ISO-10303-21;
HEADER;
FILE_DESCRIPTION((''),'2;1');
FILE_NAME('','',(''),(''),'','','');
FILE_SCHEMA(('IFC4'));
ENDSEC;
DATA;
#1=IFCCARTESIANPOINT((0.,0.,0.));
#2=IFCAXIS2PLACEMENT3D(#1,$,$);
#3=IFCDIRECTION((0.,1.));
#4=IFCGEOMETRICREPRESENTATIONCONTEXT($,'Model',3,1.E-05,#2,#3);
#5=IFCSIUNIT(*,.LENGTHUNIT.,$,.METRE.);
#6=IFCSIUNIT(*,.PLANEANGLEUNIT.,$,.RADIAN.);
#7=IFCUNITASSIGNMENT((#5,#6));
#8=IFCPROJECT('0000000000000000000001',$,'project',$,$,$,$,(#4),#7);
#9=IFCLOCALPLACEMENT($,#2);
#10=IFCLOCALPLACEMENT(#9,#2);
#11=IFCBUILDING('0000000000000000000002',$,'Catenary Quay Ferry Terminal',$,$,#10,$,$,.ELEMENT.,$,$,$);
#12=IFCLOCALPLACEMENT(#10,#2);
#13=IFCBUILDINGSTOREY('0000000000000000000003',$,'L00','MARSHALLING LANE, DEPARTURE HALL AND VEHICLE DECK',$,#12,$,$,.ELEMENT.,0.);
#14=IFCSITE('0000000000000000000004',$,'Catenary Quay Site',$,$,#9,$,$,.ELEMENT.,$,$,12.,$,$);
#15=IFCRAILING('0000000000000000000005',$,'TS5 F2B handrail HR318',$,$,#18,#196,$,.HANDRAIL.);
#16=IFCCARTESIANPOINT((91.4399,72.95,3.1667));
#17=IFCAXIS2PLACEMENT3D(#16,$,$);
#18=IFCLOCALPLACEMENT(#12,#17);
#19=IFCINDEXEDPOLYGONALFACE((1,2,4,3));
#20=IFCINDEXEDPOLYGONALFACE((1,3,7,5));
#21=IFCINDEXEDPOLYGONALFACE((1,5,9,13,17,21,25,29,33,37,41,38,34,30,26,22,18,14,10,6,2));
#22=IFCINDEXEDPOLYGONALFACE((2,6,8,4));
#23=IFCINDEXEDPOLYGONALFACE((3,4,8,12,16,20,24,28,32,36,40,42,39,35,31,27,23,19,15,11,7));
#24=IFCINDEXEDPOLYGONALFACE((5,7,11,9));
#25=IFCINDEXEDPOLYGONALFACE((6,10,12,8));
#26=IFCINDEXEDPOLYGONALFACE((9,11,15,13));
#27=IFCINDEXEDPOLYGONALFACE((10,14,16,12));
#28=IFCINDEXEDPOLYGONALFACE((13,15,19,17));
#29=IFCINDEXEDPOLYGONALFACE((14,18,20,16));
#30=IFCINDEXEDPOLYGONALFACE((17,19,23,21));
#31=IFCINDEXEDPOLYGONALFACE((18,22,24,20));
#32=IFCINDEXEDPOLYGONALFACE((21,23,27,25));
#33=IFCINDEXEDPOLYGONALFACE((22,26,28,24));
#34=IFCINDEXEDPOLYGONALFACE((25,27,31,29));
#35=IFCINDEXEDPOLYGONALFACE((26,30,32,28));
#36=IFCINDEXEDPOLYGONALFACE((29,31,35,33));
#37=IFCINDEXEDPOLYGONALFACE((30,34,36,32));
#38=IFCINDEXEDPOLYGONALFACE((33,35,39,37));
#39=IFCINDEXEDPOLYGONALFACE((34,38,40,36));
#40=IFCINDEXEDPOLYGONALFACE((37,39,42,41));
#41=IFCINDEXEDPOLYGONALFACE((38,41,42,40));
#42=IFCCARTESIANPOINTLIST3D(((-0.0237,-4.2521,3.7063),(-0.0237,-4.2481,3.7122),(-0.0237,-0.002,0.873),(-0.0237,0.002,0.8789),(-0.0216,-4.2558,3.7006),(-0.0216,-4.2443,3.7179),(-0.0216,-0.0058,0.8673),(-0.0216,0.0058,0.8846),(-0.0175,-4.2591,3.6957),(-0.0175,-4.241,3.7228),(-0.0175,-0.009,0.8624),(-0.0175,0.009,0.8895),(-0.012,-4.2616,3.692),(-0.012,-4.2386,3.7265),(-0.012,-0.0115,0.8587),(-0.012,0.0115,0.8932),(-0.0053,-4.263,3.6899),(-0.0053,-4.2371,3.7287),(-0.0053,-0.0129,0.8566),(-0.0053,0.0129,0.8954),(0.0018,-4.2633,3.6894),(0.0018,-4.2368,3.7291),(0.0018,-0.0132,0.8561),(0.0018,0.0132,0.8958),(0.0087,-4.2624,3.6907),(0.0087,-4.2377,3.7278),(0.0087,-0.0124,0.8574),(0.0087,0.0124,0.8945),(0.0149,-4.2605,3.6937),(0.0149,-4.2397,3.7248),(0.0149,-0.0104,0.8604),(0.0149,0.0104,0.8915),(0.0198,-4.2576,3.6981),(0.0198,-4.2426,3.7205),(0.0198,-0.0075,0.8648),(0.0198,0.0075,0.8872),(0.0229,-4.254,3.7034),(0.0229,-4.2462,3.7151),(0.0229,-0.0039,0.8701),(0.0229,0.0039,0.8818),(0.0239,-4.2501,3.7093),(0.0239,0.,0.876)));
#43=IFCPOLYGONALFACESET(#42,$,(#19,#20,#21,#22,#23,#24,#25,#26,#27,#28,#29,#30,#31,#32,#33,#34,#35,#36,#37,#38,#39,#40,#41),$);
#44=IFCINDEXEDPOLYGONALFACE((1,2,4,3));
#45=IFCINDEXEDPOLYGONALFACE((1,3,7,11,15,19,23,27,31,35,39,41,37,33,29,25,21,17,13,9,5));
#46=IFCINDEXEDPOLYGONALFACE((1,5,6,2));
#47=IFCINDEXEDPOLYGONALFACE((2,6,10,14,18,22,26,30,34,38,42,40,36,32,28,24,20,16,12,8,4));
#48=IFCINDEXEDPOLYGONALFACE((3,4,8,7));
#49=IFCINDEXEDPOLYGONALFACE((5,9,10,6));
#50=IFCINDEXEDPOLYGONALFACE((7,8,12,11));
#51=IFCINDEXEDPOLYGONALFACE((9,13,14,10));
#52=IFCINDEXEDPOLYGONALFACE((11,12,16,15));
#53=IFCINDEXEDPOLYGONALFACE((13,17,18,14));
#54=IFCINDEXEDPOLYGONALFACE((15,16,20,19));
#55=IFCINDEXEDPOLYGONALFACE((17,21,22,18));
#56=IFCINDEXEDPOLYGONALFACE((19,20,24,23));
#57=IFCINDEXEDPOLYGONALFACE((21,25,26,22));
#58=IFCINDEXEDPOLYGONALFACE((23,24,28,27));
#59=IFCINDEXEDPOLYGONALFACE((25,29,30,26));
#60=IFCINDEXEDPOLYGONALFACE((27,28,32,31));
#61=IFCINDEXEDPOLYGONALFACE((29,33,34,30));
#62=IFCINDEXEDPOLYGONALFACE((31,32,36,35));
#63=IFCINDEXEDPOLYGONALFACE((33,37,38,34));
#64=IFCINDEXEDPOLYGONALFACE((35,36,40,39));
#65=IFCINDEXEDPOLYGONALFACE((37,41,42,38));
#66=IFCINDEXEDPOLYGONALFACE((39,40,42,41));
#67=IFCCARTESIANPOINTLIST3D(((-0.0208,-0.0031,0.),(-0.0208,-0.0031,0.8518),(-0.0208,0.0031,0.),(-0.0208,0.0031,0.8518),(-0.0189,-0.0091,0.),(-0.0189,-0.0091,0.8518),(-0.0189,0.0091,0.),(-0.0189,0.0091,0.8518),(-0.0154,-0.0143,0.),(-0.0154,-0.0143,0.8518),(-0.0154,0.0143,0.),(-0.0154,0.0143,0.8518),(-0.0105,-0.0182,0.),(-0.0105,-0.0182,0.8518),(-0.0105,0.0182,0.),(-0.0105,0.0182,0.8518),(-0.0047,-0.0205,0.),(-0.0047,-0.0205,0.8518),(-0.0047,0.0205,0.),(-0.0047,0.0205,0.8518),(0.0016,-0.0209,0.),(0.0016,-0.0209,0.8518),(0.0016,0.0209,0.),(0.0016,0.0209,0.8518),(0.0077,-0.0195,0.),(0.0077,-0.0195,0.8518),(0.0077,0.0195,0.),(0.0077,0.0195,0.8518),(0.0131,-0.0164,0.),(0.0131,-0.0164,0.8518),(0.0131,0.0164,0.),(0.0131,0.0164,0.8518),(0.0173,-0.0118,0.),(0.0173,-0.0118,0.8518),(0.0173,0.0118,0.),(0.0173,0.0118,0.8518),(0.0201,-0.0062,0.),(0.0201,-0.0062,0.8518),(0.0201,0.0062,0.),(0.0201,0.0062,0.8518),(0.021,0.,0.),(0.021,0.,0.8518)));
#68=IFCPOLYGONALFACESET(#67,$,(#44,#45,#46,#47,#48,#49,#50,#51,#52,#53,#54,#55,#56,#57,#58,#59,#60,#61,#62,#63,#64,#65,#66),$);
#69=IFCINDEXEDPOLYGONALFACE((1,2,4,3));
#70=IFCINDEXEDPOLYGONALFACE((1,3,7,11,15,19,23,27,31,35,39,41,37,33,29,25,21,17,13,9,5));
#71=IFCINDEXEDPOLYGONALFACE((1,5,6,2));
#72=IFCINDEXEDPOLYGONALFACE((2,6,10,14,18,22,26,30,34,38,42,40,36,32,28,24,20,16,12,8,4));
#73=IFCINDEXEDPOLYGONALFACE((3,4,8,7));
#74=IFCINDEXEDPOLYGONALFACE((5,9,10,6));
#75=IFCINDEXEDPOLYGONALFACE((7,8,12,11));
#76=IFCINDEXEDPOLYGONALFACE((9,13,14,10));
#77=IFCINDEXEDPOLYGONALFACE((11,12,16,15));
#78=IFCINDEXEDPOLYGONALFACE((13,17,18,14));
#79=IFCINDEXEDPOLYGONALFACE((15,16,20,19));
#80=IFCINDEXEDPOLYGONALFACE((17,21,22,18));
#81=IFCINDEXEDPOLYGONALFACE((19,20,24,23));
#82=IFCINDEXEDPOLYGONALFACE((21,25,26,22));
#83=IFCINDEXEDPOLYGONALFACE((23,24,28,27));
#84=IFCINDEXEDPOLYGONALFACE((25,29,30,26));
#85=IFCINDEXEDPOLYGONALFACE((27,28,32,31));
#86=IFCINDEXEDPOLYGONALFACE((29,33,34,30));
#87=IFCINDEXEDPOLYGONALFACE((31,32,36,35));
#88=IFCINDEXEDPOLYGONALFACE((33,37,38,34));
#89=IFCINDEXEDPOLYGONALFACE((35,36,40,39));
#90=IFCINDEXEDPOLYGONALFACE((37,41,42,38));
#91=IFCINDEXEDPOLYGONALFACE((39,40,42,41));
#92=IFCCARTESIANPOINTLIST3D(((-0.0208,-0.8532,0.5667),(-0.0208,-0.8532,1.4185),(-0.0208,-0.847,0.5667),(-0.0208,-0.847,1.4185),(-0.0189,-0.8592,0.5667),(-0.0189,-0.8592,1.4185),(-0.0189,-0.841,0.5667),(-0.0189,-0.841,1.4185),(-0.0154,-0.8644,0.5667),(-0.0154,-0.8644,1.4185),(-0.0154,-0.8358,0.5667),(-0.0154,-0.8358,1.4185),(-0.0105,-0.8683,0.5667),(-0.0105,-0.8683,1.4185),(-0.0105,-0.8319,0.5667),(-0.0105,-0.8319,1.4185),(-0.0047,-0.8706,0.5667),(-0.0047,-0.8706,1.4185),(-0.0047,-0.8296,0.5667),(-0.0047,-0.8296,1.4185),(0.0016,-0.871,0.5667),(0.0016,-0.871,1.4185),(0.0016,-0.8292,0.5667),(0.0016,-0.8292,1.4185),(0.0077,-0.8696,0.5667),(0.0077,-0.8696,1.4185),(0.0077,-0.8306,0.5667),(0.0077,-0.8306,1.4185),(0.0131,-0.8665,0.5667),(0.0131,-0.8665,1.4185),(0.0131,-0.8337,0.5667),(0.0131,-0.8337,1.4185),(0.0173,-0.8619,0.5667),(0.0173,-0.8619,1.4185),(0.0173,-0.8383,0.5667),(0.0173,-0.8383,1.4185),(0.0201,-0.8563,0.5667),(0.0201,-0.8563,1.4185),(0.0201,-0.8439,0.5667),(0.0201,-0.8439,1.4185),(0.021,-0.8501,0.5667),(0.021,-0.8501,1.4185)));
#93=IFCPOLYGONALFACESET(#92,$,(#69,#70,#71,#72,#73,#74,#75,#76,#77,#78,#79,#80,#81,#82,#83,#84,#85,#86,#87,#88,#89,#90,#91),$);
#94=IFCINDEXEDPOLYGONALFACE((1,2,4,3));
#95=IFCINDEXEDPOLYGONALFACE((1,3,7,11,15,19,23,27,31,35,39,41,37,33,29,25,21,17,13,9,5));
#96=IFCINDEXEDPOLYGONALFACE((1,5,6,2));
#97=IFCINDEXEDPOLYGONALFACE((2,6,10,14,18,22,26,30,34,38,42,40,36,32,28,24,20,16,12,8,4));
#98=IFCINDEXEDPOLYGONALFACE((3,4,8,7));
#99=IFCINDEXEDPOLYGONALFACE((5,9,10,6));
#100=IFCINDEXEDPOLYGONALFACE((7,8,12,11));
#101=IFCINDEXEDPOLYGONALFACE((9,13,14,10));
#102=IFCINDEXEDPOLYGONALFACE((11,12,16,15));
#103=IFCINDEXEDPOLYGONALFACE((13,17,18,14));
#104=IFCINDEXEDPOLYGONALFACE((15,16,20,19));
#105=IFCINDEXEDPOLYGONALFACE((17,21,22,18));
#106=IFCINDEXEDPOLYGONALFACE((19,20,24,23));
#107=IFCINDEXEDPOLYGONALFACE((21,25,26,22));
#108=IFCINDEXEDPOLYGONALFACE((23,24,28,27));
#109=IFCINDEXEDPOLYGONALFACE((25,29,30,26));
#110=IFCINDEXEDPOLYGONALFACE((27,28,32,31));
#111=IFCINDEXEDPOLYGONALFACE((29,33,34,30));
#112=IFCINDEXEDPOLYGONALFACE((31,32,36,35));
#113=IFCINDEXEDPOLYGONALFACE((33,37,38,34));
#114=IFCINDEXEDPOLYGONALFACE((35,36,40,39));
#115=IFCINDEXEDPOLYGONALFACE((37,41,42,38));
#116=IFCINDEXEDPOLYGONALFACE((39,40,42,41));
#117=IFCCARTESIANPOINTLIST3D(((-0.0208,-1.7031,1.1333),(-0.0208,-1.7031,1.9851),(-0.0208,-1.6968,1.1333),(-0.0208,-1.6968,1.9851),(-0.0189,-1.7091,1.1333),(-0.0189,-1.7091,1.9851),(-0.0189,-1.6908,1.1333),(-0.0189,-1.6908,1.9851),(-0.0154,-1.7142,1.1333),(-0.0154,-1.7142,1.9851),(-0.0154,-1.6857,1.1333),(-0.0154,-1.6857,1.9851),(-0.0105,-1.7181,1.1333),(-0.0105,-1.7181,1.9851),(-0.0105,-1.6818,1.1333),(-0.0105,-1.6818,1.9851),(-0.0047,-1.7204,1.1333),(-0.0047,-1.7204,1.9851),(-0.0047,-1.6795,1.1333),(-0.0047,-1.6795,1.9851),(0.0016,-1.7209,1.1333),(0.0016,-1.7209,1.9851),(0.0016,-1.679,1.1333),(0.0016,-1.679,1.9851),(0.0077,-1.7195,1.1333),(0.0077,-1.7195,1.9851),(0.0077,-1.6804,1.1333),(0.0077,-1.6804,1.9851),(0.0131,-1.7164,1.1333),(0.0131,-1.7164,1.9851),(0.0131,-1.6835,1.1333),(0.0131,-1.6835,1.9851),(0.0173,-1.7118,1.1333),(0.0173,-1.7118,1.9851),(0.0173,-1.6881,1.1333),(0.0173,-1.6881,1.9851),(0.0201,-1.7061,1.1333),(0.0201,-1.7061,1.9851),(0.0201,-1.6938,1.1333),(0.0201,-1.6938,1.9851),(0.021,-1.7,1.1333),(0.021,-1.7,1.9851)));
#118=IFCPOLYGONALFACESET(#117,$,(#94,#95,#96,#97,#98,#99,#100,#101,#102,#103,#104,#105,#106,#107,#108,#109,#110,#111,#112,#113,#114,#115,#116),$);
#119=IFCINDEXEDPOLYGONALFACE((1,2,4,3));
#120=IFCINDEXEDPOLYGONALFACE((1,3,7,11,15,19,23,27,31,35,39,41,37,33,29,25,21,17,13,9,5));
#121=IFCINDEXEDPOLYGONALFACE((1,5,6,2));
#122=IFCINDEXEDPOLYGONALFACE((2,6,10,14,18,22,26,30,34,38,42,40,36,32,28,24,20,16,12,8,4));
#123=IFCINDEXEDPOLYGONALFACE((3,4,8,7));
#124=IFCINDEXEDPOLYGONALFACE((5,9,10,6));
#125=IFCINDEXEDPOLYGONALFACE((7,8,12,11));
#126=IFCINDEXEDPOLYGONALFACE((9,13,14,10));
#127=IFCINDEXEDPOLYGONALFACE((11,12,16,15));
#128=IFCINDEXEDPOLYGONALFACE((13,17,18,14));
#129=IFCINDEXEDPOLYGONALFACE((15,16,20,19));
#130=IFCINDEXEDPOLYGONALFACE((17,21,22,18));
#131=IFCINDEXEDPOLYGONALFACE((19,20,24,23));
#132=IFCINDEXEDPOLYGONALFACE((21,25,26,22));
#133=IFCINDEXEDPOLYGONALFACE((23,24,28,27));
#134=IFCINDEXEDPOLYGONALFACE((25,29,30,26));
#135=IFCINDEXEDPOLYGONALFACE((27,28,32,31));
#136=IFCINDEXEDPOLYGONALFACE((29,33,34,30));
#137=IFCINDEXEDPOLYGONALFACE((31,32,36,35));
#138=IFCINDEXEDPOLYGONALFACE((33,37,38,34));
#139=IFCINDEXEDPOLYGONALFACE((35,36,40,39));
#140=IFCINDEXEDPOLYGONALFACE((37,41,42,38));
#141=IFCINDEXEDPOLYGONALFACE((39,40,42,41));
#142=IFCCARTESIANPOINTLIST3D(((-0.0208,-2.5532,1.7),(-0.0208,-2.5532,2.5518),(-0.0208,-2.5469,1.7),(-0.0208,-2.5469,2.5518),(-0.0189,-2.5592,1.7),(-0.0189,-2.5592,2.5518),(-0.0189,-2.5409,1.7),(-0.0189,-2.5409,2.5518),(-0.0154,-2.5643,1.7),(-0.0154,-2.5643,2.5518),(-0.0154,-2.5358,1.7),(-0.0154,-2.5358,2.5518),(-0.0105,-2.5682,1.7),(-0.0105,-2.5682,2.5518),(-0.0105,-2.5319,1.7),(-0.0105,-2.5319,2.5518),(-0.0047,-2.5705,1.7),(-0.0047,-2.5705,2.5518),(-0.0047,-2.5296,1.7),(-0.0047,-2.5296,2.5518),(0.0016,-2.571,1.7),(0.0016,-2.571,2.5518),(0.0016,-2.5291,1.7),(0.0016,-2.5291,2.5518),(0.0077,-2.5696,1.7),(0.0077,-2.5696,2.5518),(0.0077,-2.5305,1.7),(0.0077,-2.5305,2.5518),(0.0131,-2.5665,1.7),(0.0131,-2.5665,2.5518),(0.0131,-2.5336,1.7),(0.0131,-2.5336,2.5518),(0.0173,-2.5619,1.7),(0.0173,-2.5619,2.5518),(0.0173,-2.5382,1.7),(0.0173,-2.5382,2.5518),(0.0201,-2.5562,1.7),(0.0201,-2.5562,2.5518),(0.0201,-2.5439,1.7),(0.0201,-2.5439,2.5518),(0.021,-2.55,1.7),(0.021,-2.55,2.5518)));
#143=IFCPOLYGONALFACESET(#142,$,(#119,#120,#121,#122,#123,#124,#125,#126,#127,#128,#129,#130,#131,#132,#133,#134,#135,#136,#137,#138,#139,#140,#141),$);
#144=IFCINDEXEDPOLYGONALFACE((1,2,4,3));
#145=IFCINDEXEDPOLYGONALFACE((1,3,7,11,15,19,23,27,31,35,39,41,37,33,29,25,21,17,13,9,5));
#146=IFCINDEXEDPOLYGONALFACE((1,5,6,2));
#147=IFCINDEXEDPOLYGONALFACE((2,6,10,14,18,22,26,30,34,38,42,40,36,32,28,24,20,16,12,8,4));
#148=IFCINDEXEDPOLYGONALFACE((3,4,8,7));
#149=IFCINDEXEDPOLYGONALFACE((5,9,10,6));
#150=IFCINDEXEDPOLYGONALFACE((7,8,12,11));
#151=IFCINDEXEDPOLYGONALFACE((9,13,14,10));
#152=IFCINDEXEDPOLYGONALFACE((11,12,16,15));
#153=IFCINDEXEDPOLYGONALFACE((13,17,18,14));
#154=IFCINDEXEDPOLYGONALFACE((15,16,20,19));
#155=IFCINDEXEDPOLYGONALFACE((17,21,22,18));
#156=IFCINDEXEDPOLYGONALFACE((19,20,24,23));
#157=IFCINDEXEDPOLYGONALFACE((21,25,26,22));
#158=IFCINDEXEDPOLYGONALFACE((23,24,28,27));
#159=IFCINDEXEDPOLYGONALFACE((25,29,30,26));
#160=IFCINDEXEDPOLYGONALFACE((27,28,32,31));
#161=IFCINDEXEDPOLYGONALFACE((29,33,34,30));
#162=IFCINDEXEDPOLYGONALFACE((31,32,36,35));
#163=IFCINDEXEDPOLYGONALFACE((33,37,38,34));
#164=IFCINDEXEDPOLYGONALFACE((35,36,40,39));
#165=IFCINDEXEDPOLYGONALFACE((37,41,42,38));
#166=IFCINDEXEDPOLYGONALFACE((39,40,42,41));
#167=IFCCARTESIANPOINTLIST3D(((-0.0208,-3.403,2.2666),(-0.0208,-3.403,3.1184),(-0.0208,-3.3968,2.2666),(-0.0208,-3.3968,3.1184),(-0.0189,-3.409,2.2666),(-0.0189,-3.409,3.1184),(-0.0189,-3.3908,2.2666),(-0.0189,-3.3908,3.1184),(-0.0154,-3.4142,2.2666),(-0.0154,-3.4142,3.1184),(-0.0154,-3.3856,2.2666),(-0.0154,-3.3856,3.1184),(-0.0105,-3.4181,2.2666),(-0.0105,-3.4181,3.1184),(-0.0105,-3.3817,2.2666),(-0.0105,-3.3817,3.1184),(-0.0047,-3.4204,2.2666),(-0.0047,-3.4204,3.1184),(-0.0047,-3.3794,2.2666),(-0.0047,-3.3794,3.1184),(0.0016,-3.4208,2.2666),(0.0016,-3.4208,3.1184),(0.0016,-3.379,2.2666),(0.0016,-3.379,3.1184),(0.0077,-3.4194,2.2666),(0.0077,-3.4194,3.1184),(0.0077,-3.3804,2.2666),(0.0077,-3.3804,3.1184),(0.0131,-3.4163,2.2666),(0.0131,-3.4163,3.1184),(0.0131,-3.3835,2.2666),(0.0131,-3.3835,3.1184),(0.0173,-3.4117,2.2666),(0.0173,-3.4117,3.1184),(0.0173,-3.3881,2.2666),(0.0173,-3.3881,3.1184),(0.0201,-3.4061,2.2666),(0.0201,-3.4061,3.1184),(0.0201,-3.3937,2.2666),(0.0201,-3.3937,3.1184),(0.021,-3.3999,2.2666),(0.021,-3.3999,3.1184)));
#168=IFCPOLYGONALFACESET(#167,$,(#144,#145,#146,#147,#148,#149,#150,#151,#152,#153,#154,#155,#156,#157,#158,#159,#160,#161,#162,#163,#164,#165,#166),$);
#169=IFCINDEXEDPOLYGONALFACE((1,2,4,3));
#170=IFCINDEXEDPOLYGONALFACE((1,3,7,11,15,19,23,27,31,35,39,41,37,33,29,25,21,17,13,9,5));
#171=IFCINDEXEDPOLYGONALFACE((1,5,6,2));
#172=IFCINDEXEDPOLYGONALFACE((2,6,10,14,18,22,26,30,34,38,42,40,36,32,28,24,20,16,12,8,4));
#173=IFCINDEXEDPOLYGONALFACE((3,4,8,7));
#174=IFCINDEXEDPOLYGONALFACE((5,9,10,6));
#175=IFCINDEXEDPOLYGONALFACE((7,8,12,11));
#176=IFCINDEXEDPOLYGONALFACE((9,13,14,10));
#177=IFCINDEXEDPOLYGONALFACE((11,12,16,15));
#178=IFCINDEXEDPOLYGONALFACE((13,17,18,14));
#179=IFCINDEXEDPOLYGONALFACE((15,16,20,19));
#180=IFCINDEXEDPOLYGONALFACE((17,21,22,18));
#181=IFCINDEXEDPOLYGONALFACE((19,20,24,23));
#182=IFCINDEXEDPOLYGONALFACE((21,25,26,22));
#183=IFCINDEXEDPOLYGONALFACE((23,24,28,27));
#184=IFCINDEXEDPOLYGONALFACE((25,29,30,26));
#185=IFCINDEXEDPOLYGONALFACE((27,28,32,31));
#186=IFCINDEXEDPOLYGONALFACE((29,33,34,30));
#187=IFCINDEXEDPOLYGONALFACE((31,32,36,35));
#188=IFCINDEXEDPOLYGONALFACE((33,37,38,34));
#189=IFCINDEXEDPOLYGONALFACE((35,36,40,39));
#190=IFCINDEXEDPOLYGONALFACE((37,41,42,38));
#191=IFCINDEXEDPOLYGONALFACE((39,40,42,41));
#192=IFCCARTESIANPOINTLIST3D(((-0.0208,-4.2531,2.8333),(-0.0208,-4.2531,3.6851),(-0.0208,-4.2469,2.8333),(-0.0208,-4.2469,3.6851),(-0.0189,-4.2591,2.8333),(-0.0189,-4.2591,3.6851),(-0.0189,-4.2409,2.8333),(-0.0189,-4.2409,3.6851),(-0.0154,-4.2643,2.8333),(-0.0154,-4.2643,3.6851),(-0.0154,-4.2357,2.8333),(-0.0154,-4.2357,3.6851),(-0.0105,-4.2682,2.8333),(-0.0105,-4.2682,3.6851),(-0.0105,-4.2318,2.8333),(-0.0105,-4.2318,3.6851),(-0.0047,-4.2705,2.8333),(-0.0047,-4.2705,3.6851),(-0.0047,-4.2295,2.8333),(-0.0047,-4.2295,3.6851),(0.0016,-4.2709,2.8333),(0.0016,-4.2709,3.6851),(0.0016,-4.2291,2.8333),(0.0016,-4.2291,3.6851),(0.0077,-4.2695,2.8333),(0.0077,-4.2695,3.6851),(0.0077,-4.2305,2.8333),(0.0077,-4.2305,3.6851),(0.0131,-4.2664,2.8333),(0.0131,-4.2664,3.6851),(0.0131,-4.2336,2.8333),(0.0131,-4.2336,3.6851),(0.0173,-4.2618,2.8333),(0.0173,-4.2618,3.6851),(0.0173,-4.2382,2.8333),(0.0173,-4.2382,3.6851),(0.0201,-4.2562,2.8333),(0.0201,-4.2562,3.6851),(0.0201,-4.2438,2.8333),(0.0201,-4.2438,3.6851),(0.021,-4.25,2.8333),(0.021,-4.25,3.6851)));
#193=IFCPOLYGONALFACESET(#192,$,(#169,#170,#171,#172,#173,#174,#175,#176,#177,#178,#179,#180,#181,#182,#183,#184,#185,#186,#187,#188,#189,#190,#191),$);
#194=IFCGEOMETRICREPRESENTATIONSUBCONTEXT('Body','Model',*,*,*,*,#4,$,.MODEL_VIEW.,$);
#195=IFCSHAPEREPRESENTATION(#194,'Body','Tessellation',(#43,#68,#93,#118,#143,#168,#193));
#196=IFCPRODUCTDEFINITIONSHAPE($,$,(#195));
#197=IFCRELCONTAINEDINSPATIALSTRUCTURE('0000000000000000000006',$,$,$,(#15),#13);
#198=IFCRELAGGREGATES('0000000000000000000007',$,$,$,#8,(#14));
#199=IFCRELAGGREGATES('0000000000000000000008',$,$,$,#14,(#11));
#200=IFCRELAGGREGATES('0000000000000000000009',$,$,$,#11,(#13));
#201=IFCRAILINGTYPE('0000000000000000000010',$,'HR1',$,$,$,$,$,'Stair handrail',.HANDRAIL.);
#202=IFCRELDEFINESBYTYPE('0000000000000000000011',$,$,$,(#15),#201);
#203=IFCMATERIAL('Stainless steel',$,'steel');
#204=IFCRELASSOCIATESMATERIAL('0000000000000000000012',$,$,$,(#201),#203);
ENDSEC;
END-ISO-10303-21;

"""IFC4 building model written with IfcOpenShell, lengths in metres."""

from ifc_helpers import new_model, si_unit, direction, frame, origin, origin_2d, place, context, subcontext, project, spatial, circle, extrude, material, type_object, element, save


model = new_model("IFC4")

# Units and contexts
model_context = context("Model", 3, precision=1e-05, world=origin(), true_north=direction((0.0, 1.0)))
body_context = subcontext(model_context, "Body", "Model", "MODEL_VIEW")
ifc_project = project(units=[si_unit("LENGTHUNIT", "METRE"), si_unit("PLANEANGLEUNIT", "RADIAN")], contexts=[model_context])

# Site, building, storey
site_placement = place(None, origin())
site = spatial("IfcSite", under=ifc_project, at=site_placement, Name="Catenary Quay Site", CompositionType="ELEMENT", RefElevation=12.0)
building_placement = place(site_placement, origin())
building = spatial("IfcBuilding", under=site, at=building_placement, Name="Catenary Quay Ferry Terminal", CompositionType="ELEMENT")
storey_placement = place(building_placement, origin())
storey = spatial("IfcBuildingStorey", under=building, at=storey_placement, Name="L00", Description="MARSHALLING LANE, DEPARTURE HALL AND VEHICLE DECK", CompositionType="ELEMENT", Elevation=0.0)

# Railing
ifc_material_1 = material(Name="Stainless steel", Category="steel")
railing_type_1 = type_object("IfcRailingType", Name="HR1", ElementType="Stair handrail", PredefinedType="HANDRAIL", material=ifc_material_1)
for number, where, name in (
    (1, (91.4399, 72.95, 3.1667), "TS5 F2B handrail HR318"),
):
    element("IfcRailing", number, at=place(storey_placement, frame(where)), inside=storey, type_object=railing_type_1, Name=name, PredefinedType="HANDRAIL", context=body_context, shape_type="SweptSolid", body=[
        extrude(circle(Radius=0.0239, at=origin_2d()), frame((0.0, 0.0, 0.876), z_axis=(0.0, -0.832058, 0.554689), x_axis=(1.0, 0.0, 0.0)), (0.0, 0.0, 1.0), 5.1079),
        extrude(circle(Radius=0.021, at=origin_2d()), origin(), (0.0, 0.0, 1.0), 0.8518),
        extrude(circle(Radius=0.021, at=origin_2d()), frame((0.0, -0.8501, 0.5667)), (0.0, 0.0, 1.0), 0.8518),
        extrude(circle(Radius=0.021, at=origin_2d()), frame((0.0, -1.7, 1.1333)), (0.0, 0.0, 1.0), 0.8518),
        extrude(circle(Radius=0.021, at=origin_2d()), frame((0.0, -2.55, 1.7)), (0.0, 0.0, 1.0), 0.8518),
        extrude(circle(Radius=0.021, at=origin_2d()), frame((0.0, -3.3999, 2.2666)), (0.0, 0.0, 1.0), 0.8518),
        extrude(circle(Radius=0.021, at=origin_2d()), frame((0.0, -4.25, 2.8333)), (0.0, 0.0, 1.0), 0.8518),
    ])

save(model, "model.ifc")
